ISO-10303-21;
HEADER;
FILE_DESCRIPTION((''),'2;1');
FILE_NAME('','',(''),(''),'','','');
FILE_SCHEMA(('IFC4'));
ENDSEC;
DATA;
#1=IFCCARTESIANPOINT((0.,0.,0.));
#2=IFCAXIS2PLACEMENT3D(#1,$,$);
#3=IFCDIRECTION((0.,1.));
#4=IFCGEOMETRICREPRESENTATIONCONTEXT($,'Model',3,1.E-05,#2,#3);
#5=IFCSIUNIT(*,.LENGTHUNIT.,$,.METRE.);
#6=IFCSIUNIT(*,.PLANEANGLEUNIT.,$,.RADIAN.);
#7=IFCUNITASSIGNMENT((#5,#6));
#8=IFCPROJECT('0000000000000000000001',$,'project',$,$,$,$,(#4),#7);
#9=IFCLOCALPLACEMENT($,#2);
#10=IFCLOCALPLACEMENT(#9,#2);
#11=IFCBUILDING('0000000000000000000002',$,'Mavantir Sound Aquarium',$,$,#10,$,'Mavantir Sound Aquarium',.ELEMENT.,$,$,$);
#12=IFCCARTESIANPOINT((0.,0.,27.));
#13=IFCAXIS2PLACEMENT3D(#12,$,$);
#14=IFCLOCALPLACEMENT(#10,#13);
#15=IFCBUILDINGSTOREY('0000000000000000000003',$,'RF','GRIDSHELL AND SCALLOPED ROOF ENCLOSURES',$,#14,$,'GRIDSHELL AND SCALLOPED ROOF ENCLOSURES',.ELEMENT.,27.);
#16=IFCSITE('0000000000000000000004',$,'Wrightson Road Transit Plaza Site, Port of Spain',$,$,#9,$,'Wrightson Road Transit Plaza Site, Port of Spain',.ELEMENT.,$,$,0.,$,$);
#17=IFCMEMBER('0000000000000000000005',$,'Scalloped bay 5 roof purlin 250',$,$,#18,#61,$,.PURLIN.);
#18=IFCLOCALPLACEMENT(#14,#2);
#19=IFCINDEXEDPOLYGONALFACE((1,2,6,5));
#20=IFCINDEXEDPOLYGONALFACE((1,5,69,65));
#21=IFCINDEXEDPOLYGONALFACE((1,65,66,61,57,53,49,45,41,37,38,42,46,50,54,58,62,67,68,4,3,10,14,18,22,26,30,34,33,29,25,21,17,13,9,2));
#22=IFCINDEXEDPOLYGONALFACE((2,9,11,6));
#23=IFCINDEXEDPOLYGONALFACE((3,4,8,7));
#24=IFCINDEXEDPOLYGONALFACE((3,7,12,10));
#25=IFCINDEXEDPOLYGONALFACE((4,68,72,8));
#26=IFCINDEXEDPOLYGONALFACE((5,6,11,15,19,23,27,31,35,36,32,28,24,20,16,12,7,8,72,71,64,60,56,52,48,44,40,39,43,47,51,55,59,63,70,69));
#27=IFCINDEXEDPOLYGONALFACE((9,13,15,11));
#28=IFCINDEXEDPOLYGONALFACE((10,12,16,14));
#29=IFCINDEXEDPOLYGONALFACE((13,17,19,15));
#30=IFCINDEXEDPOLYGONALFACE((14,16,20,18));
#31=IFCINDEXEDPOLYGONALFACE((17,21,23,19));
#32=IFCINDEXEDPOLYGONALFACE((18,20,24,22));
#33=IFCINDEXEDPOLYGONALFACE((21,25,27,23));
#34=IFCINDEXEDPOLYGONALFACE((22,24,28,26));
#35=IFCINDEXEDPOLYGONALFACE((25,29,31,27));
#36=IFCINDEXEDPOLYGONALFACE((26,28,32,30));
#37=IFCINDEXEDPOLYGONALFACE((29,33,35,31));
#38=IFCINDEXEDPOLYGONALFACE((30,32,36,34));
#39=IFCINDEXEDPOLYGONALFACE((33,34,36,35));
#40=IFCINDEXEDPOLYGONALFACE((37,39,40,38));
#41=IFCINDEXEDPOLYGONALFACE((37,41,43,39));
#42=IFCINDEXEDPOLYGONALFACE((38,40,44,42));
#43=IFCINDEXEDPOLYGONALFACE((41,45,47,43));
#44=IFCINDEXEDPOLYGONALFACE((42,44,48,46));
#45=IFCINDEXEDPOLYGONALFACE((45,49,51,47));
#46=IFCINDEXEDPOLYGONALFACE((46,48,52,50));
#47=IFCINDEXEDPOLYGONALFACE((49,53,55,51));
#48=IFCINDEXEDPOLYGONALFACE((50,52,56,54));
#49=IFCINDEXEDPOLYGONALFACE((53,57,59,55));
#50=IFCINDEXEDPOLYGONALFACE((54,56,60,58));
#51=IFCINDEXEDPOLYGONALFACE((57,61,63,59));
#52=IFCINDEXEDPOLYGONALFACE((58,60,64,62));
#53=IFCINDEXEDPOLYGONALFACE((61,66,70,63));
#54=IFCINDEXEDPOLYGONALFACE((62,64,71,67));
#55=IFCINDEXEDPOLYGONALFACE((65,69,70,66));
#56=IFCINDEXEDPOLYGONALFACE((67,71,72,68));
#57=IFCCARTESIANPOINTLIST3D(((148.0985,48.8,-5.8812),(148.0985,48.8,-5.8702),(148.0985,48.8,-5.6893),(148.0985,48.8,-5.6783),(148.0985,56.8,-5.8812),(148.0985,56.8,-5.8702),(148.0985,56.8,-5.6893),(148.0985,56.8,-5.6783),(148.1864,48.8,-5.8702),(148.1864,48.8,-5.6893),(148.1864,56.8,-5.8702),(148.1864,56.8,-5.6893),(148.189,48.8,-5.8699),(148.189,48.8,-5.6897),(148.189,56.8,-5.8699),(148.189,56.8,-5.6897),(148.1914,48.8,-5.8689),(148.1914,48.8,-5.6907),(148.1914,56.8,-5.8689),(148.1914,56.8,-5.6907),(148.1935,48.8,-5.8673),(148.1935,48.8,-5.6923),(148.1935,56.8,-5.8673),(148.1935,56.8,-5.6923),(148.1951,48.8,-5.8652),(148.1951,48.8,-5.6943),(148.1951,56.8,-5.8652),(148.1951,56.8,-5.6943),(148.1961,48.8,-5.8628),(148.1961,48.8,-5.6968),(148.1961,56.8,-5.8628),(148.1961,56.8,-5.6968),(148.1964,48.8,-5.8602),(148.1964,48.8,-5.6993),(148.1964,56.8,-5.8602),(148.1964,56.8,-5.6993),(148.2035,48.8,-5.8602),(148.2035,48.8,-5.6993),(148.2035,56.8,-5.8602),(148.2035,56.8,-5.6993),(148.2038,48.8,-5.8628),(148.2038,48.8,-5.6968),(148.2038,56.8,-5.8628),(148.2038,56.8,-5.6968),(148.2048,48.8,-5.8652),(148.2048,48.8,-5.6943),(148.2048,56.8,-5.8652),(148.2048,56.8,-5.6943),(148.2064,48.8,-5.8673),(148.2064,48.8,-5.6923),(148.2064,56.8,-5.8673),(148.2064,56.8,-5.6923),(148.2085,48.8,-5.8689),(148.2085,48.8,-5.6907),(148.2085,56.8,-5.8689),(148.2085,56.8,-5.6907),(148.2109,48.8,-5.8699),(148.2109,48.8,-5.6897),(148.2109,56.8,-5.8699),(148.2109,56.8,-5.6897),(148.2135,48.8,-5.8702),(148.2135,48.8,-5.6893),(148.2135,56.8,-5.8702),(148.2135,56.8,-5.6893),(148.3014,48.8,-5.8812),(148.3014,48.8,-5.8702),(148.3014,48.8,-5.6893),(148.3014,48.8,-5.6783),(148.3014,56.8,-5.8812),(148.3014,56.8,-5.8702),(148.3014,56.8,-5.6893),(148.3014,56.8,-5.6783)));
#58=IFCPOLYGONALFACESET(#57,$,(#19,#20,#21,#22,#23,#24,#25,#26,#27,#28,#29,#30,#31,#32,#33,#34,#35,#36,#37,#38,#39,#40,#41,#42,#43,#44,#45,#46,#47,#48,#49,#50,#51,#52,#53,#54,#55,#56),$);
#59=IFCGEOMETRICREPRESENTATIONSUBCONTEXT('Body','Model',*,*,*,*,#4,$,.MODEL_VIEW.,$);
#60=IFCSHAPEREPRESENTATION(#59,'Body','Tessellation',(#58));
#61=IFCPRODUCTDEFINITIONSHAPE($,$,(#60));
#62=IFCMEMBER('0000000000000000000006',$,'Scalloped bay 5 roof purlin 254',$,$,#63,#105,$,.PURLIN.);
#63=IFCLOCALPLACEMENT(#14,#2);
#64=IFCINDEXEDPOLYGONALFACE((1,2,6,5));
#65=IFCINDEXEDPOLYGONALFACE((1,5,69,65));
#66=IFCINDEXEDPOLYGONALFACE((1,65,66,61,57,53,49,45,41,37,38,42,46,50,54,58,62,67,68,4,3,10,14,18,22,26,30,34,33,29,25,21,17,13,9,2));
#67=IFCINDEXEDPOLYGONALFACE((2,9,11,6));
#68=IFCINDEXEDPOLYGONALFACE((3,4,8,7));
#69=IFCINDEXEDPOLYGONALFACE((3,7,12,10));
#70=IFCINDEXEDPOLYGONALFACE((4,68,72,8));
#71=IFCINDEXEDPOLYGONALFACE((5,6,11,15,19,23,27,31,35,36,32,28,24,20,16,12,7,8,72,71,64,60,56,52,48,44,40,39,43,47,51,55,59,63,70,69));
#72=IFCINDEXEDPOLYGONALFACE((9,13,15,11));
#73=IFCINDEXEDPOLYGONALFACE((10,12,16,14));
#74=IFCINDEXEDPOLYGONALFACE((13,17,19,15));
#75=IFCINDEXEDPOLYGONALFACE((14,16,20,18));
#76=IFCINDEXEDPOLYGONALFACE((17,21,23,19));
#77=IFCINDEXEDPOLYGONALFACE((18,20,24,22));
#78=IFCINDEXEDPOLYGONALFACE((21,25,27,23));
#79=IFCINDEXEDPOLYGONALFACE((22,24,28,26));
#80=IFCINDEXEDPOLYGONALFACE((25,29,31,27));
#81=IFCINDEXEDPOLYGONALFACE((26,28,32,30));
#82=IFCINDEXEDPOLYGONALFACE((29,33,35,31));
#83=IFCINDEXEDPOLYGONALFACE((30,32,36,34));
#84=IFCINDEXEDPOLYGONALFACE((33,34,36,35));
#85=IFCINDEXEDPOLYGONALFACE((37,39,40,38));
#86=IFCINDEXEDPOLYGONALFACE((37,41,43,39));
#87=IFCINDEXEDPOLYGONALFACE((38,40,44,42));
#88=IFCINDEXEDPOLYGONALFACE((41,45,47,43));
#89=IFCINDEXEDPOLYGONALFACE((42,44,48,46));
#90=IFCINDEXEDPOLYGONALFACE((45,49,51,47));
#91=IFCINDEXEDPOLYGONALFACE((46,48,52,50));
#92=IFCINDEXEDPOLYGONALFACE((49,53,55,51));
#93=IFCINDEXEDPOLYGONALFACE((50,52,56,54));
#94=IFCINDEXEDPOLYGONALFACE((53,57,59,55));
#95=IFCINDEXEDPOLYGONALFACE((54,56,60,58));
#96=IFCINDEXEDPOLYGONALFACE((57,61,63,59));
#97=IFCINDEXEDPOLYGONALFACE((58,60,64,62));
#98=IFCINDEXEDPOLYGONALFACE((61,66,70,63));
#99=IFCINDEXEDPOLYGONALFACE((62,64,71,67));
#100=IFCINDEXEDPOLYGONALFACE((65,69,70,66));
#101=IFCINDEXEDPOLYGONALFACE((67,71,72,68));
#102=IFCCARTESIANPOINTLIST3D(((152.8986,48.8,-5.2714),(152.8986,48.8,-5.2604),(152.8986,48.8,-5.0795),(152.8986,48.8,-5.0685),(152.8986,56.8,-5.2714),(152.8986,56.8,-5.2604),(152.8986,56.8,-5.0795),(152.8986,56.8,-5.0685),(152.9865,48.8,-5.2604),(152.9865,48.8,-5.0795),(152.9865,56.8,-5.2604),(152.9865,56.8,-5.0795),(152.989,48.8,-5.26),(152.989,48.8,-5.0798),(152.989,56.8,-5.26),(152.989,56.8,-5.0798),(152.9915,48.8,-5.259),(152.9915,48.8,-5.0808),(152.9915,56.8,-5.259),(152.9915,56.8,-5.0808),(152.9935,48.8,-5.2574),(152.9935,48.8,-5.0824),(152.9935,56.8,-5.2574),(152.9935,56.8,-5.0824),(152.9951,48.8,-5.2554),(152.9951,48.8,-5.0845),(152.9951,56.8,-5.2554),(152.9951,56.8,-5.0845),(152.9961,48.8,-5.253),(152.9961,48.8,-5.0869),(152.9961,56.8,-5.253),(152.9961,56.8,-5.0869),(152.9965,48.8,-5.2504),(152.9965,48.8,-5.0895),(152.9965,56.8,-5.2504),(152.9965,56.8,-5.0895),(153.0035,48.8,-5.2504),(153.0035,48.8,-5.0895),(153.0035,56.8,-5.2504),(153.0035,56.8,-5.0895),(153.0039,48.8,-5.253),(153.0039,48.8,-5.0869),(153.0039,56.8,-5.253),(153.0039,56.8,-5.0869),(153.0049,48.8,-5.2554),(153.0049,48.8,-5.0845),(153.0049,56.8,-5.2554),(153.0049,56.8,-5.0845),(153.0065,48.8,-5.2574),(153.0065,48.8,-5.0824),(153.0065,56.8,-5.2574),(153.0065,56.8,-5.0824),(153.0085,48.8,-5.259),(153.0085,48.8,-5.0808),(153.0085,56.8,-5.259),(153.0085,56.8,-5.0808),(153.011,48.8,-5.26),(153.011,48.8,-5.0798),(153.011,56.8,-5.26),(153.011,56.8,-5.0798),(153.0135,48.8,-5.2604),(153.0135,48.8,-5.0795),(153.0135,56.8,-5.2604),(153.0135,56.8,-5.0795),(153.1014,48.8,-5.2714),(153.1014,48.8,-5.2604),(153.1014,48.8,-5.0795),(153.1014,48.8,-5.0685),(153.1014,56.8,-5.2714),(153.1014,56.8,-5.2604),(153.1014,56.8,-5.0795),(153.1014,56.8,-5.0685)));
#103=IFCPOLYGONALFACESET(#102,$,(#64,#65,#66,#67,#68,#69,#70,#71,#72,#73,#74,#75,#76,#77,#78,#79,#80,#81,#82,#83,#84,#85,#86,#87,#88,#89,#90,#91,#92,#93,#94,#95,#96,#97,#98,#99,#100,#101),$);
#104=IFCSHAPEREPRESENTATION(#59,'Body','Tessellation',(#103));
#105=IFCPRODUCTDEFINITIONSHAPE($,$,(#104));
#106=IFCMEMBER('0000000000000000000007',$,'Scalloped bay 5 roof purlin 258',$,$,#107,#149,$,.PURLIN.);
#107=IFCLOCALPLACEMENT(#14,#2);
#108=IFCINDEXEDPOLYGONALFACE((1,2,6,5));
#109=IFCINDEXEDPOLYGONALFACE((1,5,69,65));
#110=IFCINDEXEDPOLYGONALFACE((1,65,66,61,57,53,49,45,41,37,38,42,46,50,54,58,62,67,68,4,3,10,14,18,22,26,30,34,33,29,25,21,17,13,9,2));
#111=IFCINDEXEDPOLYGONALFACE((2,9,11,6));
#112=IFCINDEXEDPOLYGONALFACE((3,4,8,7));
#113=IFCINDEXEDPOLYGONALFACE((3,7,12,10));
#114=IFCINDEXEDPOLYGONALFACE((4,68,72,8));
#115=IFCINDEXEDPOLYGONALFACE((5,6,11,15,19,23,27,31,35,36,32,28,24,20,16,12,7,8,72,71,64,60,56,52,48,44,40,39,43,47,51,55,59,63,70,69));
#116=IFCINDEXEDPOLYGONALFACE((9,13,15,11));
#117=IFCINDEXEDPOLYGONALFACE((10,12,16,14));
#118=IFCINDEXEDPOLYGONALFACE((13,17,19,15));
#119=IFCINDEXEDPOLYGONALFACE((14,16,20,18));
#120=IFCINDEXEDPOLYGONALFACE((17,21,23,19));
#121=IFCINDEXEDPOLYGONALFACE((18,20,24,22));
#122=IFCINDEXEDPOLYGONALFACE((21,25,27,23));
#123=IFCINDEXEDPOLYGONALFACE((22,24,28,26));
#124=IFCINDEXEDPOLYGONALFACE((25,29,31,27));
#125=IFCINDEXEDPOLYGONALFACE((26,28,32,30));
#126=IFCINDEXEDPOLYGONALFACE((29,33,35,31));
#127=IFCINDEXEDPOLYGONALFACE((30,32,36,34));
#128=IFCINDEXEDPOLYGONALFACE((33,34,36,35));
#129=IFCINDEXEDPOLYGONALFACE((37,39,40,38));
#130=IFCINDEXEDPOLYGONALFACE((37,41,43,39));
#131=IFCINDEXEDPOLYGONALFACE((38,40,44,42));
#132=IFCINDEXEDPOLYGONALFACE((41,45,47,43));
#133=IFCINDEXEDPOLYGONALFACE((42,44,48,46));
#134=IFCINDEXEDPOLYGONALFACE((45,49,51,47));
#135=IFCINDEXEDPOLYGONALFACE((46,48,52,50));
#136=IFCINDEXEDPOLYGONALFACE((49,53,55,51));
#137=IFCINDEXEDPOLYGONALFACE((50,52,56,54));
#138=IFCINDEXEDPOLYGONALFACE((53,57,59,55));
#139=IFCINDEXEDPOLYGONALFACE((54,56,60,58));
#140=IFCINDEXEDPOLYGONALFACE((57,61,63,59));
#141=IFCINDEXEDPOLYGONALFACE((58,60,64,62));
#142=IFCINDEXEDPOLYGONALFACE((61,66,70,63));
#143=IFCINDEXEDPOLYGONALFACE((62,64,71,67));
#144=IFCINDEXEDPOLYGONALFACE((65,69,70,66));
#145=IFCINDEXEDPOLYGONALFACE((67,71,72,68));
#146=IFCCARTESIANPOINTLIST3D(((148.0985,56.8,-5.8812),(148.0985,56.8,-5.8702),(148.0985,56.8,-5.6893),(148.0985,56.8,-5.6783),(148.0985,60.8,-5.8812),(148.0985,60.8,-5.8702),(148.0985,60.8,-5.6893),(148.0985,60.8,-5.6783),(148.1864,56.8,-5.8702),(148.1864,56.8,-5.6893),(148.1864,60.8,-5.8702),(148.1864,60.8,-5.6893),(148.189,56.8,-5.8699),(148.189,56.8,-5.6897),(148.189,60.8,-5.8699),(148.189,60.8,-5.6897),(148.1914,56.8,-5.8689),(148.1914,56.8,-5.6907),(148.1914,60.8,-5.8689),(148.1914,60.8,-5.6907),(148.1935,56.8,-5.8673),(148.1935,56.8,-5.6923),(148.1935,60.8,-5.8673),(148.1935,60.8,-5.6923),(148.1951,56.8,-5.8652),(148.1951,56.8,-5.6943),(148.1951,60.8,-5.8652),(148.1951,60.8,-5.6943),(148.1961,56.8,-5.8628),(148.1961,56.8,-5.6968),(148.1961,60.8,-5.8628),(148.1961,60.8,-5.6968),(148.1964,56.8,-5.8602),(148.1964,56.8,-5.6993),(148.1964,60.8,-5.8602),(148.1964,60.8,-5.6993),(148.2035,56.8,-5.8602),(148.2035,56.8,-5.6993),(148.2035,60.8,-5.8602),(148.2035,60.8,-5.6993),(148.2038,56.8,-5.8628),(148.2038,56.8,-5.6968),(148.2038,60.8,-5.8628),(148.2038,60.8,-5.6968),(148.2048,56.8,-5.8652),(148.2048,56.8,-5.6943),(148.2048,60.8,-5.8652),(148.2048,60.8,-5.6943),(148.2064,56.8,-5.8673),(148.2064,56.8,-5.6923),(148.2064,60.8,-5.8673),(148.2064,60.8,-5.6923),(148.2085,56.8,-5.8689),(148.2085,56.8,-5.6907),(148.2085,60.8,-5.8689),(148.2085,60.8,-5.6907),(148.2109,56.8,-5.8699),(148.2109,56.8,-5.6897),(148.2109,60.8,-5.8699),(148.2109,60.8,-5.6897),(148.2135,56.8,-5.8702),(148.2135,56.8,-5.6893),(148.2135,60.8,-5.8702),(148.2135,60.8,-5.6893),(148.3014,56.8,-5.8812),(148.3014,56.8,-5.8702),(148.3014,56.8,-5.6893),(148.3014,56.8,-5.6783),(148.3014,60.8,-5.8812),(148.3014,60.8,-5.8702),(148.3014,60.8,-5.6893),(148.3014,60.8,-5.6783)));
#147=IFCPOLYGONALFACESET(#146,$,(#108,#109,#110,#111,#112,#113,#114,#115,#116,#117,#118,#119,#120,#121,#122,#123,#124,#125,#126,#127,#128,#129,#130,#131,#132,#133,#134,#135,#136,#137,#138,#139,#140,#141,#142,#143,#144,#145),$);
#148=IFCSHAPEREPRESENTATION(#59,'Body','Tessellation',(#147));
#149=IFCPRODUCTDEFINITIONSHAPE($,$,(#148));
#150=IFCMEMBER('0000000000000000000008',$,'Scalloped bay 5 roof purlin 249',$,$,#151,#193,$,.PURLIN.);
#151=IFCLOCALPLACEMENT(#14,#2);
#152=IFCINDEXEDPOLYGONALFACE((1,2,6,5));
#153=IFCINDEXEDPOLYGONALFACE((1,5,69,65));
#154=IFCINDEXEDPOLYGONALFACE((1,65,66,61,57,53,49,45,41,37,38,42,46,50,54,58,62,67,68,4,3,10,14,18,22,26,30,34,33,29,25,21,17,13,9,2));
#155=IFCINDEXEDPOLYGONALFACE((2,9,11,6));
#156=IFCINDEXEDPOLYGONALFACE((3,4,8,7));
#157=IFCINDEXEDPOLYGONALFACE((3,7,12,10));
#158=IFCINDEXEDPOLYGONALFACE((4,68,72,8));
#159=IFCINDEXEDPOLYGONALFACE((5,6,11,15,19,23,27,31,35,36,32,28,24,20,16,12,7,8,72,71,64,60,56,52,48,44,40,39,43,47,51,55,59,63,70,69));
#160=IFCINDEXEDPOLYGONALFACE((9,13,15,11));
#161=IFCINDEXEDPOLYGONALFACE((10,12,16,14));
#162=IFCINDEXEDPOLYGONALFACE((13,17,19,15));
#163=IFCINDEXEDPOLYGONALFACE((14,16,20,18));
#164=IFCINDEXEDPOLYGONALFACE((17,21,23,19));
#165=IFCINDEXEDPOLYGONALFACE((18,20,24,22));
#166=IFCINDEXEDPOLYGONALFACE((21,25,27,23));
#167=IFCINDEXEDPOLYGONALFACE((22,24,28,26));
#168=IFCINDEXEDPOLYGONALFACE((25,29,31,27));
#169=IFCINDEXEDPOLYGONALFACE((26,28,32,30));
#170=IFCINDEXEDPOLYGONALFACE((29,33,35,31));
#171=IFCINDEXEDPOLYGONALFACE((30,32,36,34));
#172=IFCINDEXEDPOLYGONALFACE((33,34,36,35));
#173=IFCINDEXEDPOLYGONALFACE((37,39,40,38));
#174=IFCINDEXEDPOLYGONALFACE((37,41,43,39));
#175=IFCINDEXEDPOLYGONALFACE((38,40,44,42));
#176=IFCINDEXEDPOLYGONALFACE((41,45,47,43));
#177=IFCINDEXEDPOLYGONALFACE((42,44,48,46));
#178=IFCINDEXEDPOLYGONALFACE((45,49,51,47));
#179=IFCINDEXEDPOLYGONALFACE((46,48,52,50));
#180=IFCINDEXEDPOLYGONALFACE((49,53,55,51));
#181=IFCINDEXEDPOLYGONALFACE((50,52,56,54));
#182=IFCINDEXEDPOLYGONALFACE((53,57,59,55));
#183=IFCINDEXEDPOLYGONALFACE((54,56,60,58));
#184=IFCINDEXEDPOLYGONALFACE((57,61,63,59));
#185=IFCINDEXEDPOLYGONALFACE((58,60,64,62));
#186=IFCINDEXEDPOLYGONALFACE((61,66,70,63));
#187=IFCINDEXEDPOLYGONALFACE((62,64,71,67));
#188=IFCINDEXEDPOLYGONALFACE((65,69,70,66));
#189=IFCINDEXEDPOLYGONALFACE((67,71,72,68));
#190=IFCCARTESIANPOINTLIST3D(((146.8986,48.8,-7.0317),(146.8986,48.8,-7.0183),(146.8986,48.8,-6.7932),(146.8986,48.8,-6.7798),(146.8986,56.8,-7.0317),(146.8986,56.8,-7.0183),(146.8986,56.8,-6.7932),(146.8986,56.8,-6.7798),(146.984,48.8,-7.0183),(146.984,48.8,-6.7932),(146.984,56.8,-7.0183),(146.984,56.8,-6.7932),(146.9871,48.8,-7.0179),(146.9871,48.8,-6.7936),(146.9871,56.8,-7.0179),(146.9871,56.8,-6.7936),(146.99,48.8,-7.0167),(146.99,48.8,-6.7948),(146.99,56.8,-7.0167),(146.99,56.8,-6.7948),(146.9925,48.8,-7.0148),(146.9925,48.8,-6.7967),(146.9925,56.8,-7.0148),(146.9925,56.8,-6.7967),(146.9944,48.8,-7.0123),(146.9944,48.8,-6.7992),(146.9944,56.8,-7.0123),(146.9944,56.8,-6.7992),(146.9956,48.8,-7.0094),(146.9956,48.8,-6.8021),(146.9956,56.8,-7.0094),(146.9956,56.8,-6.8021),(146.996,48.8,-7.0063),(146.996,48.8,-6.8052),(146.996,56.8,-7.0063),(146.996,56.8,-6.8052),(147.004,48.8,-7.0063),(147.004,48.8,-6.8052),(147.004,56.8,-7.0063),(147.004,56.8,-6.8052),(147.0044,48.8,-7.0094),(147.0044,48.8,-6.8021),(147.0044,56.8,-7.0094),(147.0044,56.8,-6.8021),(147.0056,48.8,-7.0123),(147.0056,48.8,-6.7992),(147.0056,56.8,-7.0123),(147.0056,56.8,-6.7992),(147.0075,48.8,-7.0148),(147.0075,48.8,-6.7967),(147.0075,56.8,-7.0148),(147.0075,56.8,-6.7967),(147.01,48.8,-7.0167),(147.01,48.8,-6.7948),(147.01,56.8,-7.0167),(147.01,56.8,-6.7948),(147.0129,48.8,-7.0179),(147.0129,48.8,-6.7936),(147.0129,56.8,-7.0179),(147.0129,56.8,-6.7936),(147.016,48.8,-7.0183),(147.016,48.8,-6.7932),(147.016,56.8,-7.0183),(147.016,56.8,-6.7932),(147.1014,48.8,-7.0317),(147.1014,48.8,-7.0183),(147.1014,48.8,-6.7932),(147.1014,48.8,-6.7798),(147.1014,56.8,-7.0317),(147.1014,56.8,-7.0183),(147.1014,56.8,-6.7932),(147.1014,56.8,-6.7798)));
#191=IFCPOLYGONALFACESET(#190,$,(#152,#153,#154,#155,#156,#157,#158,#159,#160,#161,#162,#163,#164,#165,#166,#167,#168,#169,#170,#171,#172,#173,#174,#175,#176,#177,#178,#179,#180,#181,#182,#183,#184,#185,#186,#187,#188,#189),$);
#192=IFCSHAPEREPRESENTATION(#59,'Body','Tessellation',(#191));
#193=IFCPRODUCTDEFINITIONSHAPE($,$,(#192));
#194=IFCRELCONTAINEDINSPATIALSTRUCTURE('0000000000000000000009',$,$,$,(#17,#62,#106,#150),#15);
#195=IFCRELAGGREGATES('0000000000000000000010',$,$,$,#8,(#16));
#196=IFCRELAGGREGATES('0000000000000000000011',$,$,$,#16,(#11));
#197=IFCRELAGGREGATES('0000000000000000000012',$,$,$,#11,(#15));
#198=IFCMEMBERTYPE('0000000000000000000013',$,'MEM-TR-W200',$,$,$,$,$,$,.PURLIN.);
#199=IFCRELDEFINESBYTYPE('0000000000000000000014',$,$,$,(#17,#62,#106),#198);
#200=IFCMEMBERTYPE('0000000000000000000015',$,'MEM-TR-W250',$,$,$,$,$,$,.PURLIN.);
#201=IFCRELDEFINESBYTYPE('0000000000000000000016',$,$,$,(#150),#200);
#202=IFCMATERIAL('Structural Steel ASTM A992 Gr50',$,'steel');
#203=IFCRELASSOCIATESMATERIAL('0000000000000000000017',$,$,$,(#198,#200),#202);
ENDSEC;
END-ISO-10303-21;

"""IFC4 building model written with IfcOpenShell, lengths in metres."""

from ifc_helpers import new_model, si_unit, direction, frame, origin, origin_2d, place, context, subcontext, project, spatial, i_section, extrude, material, material_profile, profile_set, type_object, element, save


model = new_model("IFC4")

# Units and contexts
model_context = context("Model", 3, precision=1e-05, world=origin(), true_north=direction((0.0, 1.0)))
body_context = subcontext(model_context, "Body", "Model", "MODEL_VIEW")
ifc_project = project(units=[si_unit("LENGTHUNIT", "METRE"), si_unit("PLANEANGLEUNIT", "RADIAN")], contexts=[model_context])

# Site, building, storey
site_placement = place(None, origin())
site = spatial("IfcSite", under=ifc_project, at=site_placement, Name="Wrightson Road Transit Plaza Site, Port of Spain", LongName="Wrightson Road Transit Plaza Site, Port of Spain", CompositionType="ELEMENT", RefElevation=0.0)
building_placement = place(site_placement, origin())
building = spatial("IfcBuilding", under=site, at=building_placement, Name="Mavantir Sound Aquarium", LongName="Mavantir Sound Aquarium", CompositionType="ELEMENT")
storey_placement = place(building_placement, frame((0.0, 0.0, 27.0)))
storey = spatial("IfcBuildingStorey", under=building, at=storey_placement, Name="RF", Description="GRIDSHELL AND SCALLOPED ROOF ENCLOSURES", LongName="GRIDSHELL AND SCALLOPED ROOF ENCLOSURES", CompositionType="ELEMENT", Elevation=27.0)

# Shared definitions
ifc_material_1 = material(Name="Structural Steel ASTM A992 Gr50", Category="steel")

# Members
ifc_material_profile_1 = material_profile(ifc_material_1, i_section(OverallWidth=0.2029, OverallDepth=0.2029, WebThickness=0.0071, FlangeThickness=0.011, FilletRadius=0.01, at=origin_2d()), Name="W200X46")
ifc_profile_set_1 = profile_set([ifc_material_profile_1], Name="Structural Steel ASTM A992 Gr50")
member_type_1 = type_object("IfcMemberType", Name="MEM-TR-W200", PredefinedType="PURLIN", material=ifc_profile_set_1)
for number, where, z_axis, x_axis, name in (
    (1, (148.2, 48.8, -5.7798), (0.0, 1.0, 0.0), (-1.0, 0.0, 0.0), "Scalloped bay 5 roof purlin 250"),
    (2, (153.0, 48.8, -5.1699), (0.0, 1.0, 0.0), (-1.0, 0.0, 0.0), "Scalloped bay 5 roof purlin 254"),
):
    element("IfcMember", number, at=place(storey_placement, frame(where, z_axis=z_axis, x_axis=x_axis)), inside=storey, type_object=member_type_1, Name=name, PredefinedType="PURLIN", context=body_context, shape_type="SweptSolid", body=[
        extrude(i_section(OverallWidth=0.2029, OverallDepth=0.2029, WebThickness=0.0071, FlangeThickness=0.011, FilletRadius=0.01, at=origin_2d()), origin(), (0.0, 0.0, 1.0), 8.0),
    ])
member_1_placement = place(storey_placement, frame((148.2, 56.8, -5.7798), z_axis=(0.0, 1.0, 0.0), x_axis=(-1.0, 0.0, 0.0)))
element("IfcMember", 3, at=member_1_placement, inside=storey, type_object=member_type_1, Name="Scalloped bay 5 roof purlin 258", PredefinedType="PURLIN", context=body_context, shape_type="SweptSolid", body=[
    extrude(i_section(OverallWidth=0.2029, OverallDepth=0.2029, WebThickness=0.0071, FlangeThickness=0.011, FilletRadius=0.01, at=origin_2d()), origin(), (0.0, 0.0, 1.0), 4.0),
])
ifc_material_profile_2 = material_profile(ifc_material_1, i_section(OverallWidth=0.2029, OverallDepth=0.252, WebThickness=0.0081, FlangeThickness=0.0134, FilletRadius=0.012, at=origin_2d()), Name="W250X58")
ifc_profile_set_2 = profile_set([ifc_material_profile_2], Name="Structural Steel ASTM A992 Gr50")
member_type_2 = type_object("IfcMemberType", Name="MEM-TR-W250", PredefinedType="PURLIN", material=ifc_profile_set_2)
for number, where, z_axis, x_axis, name in (
    (4, (147.0, 48.8, -6.9058), (0.0, 1.0, 0.0), (-1.0, 0.0, 0.0), "Scalloped bay 5 roof purlin 249"),
):
    element("IfcMember", number, at=place(storey_placement, frame(where, z_axis=z_axis, x_axis=x_axis)), inside=storey, type_object=member_type_2, Name=name, PredefinedType="PURLIN", context=body_context, shape_type="SweptSolid", body=[
        extrude(i_section(OverallWidth=0.2029, OverallDepth=0.252, WebThickness=0.0081, FlangeThickness=0.0134, FilletRadius=0.012, at=origin_2d()), origin(), (0.0, 0.0, 1.0), 8.0),
    ])

save(model, "model.ifc")
